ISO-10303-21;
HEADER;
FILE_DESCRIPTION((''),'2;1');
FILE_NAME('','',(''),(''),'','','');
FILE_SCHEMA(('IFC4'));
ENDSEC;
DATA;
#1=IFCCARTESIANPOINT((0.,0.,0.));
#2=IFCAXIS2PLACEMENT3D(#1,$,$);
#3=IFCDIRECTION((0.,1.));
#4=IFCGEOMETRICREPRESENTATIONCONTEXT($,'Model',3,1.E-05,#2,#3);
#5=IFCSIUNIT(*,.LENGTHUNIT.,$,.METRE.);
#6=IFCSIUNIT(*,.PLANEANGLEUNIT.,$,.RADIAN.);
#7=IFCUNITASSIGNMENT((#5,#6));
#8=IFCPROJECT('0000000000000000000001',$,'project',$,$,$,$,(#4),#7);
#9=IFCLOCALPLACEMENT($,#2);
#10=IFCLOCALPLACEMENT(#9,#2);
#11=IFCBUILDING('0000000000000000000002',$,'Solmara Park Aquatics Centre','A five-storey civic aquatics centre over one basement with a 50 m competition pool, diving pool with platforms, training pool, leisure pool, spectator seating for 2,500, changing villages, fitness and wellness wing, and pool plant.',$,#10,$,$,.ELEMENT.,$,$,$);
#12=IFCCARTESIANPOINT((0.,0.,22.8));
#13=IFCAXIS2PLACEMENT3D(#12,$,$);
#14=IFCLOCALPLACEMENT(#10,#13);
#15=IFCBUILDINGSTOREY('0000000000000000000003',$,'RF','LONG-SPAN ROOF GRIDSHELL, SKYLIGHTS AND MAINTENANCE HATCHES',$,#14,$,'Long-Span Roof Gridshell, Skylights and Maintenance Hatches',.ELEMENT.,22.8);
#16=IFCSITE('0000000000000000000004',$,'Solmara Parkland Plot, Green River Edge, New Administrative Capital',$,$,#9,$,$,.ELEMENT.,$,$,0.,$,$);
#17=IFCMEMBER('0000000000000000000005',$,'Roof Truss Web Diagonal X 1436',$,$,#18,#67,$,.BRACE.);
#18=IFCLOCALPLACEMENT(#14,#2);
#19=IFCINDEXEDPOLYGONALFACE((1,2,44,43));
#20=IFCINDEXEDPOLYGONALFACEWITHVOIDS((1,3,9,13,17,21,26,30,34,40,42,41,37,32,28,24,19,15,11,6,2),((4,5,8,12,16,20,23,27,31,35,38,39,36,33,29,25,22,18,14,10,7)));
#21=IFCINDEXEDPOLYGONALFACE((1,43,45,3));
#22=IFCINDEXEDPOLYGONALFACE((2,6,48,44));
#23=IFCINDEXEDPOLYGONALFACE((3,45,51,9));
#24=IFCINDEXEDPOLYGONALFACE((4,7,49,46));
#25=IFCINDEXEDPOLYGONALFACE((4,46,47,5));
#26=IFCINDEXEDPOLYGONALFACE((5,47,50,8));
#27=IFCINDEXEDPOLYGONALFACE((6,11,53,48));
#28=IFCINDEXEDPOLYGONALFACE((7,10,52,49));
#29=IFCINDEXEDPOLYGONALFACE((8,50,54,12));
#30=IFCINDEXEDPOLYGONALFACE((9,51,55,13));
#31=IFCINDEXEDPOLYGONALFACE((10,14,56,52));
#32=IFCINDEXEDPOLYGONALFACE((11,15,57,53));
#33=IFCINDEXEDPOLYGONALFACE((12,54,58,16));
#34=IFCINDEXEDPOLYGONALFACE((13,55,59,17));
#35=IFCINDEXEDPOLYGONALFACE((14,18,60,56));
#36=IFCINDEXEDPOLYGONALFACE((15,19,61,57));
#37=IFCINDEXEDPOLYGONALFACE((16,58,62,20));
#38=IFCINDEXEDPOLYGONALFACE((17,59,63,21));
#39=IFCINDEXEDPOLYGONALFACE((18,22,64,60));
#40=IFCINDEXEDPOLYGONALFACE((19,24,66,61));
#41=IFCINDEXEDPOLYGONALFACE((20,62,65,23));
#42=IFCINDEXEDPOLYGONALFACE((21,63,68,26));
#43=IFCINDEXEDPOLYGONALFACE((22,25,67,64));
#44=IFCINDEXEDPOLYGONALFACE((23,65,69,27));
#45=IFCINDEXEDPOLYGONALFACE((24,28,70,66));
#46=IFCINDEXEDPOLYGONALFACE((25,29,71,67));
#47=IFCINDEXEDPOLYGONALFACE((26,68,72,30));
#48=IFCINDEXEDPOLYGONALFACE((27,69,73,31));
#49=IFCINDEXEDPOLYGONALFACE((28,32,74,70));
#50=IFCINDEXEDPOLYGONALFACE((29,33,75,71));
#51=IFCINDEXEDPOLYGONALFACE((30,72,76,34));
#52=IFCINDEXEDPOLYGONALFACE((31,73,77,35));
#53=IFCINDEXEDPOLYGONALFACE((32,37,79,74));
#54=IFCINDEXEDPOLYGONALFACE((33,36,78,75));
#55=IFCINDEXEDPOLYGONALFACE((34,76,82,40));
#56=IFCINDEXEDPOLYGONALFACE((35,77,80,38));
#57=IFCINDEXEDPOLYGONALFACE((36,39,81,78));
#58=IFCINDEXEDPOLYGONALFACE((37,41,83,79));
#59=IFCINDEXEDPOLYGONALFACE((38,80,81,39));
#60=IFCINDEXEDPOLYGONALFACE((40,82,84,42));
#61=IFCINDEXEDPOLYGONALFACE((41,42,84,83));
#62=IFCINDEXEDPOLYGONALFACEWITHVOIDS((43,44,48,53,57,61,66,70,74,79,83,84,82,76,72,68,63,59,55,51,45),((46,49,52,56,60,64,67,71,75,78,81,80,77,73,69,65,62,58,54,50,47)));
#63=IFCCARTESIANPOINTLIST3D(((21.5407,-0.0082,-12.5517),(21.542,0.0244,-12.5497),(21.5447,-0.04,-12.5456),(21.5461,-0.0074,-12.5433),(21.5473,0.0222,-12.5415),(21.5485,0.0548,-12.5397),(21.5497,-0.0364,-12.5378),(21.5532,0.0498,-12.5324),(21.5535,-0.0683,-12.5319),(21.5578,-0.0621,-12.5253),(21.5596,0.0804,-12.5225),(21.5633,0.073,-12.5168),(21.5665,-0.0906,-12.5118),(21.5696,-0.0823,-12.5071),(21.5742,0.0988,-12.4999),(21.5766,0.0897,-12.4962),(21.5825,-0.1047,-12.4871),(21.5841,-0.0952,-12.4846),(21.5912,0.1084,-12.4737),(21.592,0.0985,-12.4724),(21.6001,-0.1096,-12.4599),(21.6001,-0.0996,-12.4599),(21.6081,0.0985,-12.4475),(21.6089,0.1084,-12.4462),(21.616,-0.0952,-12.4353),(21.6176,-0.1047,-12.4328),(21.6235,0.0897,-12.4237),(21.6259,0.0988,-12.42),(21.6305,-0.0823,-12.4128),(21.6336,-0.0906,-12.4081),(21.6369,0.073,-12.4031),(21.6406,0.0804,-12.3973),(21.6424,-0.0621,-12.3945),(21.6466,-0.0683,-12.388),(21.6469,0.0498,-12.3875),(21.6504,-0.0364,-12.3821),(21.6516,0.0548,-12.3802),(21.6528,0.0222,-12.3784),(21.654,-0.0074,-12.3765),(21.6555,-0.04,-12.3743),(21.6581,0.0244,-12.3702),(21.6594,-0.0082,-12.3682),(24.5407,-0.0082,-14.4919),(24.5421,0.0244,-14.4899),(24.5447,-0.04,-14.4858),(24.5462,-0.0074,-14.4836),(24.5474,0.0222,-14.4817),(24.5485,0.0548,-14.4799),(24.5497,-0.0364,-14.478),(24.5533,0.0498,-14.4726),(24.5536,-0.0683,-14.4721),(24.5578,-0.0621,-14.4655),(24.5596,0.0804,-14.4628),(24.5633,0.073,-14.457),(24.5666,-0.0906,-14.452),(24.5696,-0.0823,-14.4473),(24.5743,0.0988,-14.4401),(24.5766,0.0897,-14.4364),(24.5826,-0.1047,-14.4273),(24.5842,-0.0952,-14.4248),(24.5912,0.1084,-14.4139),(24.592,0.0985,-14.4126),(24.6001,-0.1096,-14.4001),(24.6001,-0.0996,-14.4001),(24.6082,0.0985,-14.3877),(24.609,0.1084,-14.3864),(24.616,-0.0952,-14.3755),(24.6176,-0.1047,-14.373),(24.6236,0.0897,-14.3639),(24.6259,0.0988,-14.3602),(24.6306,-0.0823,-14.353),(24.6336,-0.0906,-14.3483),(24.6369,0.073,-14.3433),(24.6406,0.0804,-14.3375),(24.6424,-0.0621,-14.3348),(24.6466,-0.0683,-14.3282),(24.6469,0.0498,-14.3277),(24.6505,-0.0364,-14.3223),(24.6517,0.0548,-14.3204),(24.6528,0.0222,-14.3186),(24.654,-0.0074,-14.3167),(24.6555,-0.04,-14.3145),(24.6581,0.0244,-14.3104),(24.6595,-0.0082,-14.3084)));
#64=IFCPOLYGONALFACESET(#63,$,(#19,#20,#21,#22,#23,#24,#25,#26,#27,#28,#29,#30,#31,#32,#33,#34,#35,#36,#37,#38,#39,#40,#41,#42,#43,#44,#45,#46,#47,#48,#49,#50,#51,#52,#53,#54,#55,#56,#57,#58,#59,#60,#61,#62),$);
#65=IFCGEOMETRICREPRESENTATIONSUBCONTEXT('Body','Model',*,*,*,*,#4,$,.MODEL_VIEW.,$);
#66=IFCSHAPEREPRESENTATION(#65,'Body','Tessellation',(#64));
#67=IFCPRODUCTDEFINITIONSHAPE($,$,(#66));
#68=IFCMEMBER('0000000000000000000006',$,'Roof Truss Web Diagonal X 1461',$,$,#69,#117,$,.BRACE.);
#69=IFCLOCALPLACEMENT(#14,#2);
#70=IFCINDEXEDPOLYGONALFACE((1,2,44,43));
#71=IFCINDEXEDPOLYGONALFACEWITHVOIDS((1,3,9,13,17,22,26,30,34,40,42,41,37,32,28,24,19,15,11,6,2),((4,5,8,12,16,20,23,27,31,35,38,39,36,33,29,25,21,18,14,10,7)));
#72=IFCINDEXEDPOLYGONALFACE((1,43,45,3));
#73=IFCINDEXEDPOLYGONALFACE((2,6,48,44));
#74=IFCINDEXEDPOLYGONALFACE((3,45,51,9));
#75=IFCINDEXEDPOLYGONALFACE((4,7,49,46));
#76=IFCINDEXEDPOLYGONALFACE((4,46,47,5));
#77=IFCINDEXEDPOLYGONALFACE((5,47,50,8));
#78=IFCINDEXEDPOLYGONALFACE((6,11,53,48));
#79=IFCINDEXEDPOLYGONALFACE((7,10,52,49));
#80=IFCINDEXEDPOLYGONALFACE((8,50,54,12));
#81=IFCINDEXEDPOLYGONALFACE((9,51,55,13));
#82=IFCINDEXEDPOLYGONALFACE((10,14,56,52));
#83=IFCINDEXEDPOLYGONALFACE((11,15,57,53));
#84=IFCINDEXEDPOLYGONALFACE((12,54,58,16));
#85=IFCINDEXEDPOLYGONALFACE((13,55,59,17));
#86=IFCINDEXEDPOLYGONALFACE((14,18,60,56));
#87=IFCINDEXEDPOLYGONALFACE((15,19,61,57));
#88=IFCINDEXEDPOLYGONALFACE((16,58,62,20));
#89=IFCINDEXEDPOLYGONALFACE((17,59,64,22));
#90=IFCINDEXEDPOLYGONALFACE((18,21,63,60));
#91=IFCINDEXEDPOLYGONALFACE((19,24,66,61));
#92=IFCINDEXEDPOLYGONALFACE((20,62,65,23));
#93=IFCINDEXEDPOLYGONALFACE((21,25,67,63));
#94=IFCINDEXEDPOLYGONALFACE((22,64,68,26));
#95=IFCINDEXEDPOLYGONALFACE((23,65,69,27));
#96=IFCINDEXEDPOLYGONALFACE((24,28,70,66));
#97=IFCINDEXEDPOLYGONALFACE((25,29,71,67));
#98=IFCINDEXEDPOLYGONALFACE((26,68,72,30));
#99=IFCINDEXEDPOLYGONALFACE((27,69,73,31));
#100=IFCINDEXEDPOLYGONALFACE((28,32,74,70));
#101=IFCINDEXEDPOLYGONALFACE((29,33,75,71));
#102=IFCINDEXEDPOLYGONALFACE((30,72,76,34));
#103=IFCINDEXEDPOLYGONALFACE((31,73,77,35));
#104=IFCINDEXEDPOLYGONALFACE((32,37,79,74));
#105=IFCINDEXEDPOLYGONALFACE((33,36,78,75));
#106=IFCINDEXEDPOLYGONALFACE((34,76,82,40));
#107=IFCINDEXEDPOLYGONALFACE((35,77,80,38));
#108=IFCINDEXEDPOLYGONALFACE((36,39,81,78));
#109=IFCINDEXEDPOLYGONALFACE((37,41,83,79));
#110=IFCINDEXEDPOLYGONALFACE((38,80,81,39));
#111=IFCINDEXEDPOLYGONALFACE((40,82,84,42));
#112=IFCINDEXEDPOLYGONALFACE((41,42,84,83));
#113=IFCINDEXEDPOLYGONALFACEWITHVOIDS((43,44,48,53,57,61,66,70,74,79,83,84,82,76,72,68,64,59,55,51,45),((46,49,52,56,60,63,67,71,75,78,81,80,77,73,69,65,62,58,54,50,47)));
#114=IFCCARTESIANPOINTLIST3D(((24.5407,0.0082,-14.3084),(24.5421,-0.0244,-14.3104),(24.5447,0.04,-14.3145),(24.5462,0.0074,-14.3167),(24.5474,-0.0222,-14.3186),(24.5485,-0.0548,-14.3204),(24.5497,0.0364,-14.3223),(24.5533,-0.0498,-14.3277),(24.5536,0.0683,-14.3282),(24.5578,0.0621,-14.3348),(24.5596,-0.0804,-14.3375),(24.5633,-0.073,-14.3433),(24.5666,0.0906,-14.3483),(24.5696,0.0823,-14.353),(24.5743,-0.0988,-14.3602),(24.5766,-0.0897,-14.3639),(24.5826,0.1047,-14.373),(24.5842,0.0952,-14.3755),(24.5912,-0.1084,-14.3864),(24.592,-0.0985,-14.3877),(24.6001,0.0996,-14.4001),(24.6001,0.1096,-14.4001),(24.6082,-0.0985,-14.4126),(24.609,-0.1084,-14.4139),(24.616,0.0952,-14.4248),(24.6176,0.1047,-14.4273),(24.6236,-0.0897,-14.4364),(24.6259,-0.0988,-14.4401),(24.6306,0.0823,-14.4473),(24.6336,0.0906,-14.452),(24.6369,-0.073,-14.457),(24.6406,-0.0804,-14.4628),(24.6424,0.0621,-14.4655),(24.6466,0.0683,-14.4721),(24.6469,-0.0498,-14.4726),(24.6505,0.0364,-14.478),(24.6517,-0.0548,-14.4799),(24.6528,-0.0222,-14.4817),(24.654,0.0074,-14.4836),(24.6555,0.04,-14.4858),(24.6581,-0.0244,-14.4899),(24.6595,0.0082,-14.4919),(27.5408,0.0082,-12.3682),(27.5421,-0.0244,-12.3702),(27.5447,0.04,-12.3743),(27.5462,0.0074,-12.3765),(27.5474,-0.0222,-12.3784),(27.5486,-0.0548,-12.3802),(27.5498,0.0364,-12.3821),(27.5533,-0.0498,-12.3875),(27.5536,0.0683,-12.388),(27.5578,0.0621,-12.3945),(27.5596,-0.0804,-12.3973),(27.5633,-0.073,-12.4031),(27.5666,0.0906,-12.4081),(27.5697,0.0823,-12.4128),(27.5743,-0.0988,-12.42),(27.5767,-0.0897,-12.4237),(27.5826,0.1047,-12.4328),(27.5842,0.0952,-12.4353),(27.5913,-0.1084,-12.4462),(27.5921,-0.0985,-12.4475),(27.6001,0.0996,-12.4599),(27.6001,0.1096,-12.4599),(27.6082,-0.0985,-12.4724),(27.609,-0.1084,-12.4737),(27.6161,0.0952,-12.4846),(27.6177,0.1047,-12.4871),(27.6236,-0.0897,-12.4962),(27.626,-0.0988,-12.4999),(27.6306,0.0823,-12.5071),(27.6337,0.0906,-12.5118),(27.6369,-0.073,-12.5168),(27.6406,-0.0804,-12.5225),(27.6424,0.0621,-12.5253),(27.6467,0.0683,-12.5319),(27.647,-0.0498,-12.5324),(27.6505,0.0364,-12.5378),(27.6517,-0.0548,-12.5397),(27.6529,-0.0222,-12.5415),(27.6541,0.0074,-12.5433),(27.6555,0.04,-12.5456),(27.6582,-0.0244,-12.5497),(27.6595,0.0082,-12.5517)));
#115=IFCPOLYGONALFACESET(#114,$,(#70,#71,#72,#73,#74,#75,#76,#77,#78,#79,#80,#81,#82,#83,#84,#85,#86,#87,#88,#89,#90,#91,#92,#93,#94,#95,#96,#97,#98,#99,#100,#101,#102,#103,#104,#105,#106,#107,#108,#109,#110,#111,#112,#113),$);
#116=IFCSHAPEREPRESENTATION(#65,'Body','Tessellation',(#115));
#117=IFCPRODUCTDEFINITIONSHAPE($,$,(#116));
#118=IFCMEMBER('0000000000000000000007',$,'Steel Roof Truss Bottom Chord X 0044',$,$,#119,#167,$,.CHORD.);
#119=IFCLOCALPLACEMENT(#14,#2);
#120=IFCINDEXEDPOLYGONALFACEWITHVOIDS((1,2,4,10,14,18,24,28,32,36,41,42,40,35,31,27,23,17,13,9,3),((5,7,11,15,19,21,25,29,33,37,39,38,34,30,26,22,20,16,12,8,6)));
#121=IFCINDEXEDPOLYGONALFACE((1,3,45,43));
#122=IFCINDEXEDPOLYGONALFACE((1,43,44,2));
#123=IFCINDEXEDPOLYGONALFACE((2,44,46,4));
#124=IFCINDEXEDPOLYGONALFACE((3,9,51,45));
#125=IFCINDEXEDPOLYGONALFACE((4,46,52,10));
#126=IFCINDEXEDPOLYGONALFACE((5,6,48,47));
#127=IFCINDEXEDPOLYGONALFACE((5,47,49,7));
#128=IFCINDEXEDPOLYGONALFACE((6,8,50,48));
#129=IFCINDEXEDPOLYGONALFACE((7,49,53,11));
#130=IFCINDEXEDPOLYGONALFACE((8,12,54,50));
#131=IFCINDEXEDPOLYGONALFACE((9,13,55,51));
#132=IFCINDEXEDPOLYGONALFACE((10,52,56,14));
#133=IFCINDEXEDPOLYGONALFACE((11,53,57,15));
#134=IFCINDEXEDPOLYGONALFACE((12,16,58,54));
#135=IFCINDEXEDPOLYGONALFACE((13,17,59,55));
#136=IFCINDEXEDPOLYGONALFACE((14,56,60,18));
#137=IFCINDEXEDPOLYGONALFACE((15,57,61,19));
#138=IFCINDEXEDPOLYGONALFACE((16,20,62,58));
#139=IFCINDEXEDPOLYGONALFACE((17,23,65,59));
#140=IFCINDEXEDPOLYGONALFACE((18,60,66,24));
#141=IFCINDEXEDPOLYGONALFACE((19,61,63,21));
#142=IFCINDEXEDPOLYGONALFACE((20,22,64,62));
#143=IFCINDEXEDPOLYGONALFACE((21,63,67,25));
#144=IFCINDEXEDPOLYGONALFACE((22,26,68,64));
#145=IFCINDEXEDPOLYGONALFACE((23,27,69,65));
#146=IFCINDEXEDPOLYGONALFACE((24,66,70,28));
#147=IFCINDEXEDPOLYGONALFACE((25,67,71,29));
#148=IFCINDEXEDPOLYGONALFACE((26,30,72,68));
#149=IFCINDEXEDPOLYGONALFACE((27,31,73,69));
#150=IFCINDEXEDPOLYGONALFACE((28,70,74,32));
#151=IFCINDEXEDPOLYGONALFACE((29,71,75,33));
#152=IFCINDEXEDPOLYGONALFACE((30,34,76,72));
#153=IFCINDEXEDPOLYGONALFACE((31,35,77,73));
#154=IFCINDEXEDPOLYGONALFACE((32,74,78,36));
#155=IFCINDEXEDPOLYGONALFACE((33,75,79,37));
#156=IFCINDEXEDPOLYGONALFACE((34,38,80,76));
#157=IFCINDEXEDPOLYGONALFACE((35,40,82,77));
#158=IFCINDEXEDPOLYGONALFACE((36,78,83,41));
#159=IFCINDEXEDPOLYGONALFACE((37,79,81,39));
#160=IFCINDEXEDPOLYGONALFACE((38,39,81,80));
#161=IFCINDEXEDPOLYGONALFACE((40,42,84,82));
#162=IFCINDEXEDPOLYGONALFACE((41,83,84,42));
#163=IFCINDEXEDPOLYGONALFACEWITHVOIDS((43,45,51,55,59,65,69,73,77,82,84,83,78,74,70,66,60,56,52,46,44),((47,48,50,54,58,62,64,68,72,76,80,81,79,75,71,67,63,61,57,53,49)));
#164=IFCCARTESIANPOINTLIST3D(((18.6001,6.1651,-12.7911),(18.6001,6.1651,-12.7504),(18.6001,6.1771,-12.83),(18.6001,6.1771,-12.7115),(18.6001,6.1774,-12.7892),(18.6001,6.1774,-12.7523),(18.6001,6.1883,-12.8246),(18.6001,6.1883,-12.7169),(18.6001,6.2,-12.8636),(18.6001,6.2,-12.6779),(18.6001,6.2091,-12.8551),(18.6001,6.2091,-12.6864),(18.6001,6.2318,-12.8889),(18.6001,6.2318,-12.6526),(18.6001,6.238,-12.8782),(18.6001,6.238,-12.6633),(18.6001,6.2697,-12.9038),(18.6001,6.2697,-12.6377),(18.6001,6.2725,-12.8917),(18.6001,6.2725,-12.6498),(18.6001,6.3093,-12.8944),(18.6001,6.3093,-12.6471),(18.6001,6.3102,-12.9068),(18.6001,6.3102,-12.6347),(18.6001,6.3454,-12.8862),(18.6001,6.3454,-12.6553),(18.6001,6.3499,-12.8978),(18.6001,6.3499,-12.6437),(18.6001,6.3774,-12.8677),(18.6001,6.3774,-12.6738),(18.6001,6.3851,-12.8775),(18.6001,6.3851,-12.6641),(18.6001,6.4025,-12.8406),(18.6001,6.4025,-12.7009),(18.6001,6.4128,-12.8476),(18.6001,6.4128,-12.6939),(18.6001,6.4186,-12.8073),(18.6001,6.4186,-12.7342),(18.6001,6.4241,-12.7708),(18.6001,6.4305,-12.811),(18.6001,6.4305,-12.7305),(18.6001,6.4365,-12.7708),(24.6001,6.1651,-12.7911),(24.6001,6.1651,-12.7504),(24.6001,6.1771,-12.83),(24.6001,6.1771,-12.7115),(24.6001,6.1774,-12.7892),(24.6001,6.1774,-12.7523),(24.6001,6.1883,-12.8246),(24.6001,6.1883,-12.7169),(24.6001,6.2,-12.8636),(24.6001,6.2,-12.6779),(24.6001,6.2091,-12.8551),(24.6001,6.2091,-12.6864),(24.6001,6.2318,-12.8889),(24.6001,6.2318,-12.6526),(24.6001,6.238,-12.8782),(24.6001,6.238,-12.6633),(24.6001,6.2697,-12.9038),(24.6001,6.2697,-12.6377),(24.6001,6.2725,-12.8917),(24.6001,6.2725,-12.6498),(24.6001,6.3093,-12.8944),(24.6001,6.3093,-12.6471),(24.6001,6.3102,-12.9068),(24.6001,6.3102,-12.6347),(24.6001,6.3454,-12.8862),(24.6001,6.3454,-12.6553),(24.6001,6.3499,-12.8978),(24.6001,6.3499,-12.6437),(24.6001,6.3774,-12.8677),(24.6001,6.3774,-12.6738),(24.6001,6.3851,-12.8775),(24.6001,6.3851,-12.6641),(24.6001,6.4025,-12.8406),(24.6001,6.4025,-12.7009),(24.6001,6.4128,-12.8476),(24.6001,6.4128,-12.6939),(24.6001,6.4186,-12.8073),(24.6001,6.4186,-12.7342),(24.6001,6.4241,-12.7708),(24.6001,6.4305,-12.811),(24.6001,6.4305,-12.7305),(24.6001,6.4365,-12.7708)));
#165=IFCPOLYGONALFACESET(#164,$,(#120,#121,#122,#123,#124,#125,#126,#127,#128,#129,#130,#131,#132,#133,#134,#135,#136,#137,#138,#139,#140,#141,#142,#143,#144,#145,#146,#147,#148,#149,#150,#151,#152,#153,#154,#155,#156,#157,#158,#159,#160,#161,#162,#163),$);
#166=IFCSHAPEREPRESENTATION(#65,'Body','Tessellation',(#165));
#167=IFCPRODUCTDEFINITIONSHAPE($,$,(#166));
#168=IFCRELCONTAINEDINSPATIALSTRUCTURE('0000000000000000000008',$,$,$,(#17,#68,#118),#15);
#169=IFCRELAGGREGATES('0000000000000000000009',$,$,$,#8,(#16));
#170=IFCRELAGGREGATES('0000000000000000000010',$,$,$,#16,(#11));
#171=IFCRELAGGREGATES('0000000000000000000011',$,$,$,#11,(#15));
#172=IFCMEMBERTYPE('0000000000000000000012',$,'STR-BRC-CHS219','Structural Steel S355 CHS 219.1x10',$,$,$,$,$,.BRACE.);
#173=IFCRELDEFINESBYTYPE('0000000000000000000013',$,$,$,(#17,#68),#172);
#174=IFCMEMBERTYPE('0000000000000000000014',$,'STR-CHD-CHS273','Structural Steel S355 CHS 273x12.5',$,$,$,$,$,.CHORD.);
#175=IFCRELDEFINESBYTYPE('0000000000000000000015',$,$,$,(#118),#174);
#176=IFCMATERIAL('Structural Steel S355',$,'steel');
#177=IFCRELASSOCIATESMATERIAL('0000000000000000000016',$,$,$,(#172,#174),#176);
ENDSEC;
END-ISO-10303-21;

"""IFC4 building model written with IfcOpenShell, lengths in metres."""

from ifc_helpers import new_model, si_unit, direction, frame, origin, origin_2d, place, context, subcontext, project, spatial, hollow_circle, extrude, material, material_profile, profile_set, type_object, element, save


model = new_model("IFC4")

# Units and contexts
model_context = context("Model", 3, precision=1e-05, world=origin(), true_north=direction((0.0, 1.0)))
body_context = subcontext(model_context, "Body", "Model", "MODEL_VIEW")
ifc_project = project(units=[si_unit("LENGTHUNIT", "METRE"), si_unit("PLANEANGLEUNIT", "RADIAN")], contexts=[model_context])

# Site, building, storey
site_placement = place(None, origin())
site = spatial("IfcSite", under=ifc_project, at=site_placement, Name="Solmara Parkland Plot, Green River Edge, New Administrative Capital", CompositionType="ELEMENT", RefElevation=0.0)
building_placement = place(site_placement, origin())
building = spatial("IfcBuilding", under=site, at=building_placement, Name="Solmara Park Aquatics Centre", Description="A five-storey civic aquatics centre over one basement with a 50 m competition pool, diving pool with platforms, training pool, leisure pool, spectator seating for 2,500, changing villages, fitness and wellness wing, and pool plant.", CompositionType="ELEMENT")
storey_placement = place(building_placement, frame((0.0, 0.0, 22.8)))
storey = spatial("IfcBuildingStorey", under=building, at=storey_placement, Name="RF", Description="LONG-SPAN ROOF GRIDSHELL, SKYLIGHTS AND MAINTENANCE HATCHES", LongName="Long-Span Roof Gridshell, Skylights and Maintenance Hatches", CompositionType="ELEMENT", Elevation=22.8)

# Members
ifc_material_1 = material(Name="Structural Steel S355", Category="steel")
ifc_material_profile_1 = material_profile(ifc_material_1, hollow_circle(Radius=0.1096, WallThickness=0.01, at=origin_2d()), Name="CHS 219.1x10")
ifc_profile_set_1 = profile_set([ifc_material_profile_1], Name="Structural Steel S355")
member_type_1 = type_object("IfcMemberType", Name="STR-BRC-CHS219", Description="Structural Steel S355 CHS 219.1x10", PredefinedType="BRACE", material=ifc_profile_set_1)
for number, where, z_axis, x_axis, name in (
    (1, (24.6001, 0.0, -14.4001), (-0.839697, 0.0, 0.543056), (0.0, -1.0, 0.0), "Roof Truss Web Diagonal X 1436"),
    (2, (24.6001, 0.0, -14.4001), (0.839697, 0.0, 0.543056), (0.0, 1.0, 0.0), "Roof Truss Web Diagonal X 1461"),
):
    element("IfcMember", number, at=place(storey_placement, frame(where, z_axis=z_axis, x_axis=x_axis)), inside=storey, type_object=member_type_1, Name=name, PredefinedType="BRACE", context=body_context, shape_type="SweptSolid", body=[
        extrude(hollow_circle(Radius=0.1096, WallThickness=0.01, at=origin_2d()), origin(), (0.0, 0.0, 1.0), 3.5728),
    ])
ifc_material_profile_2 = material_profile(ifc_material_1, hollow_circle(Radius=0.1365, WallThickness=0.0125, at=origin_2d()), Name="CHS 273x12.5")
ifc_profile_set_2 = profile_set([ifc_material_profile_2], Name="Structural Steel S355")
member_type_2 = type_object("IfcMemberType", Name="STR-CHD-CHS273", Description="Structural Steel S355 CHS 273x12.5", PredefinedType="CHORD", material=ifc_profile_set_2)
member_1_placement = place(storey_placement, frame((18.6001, 6.3, -12.7708), z_axis=(1.0, 0.0, 0.0), x_axis=(0.0, 1.0, 0.0)))
element("IfcMember", 3, at=member_1_placement, inside=storey, type_object=member_type_2, Name="Steel Roof Truss Bottom Chord X 0044", PredefinedType="CHORD", context=body_context, shape_type="SweptSolid", body=[
    extrude(hollow_circle(Radius=0.1365, WallThickness=0.0125, at=origin_2d()), origin(), (0.0, 0.0, 1.0), 6.0),
])

save(model, "model.ifc")
